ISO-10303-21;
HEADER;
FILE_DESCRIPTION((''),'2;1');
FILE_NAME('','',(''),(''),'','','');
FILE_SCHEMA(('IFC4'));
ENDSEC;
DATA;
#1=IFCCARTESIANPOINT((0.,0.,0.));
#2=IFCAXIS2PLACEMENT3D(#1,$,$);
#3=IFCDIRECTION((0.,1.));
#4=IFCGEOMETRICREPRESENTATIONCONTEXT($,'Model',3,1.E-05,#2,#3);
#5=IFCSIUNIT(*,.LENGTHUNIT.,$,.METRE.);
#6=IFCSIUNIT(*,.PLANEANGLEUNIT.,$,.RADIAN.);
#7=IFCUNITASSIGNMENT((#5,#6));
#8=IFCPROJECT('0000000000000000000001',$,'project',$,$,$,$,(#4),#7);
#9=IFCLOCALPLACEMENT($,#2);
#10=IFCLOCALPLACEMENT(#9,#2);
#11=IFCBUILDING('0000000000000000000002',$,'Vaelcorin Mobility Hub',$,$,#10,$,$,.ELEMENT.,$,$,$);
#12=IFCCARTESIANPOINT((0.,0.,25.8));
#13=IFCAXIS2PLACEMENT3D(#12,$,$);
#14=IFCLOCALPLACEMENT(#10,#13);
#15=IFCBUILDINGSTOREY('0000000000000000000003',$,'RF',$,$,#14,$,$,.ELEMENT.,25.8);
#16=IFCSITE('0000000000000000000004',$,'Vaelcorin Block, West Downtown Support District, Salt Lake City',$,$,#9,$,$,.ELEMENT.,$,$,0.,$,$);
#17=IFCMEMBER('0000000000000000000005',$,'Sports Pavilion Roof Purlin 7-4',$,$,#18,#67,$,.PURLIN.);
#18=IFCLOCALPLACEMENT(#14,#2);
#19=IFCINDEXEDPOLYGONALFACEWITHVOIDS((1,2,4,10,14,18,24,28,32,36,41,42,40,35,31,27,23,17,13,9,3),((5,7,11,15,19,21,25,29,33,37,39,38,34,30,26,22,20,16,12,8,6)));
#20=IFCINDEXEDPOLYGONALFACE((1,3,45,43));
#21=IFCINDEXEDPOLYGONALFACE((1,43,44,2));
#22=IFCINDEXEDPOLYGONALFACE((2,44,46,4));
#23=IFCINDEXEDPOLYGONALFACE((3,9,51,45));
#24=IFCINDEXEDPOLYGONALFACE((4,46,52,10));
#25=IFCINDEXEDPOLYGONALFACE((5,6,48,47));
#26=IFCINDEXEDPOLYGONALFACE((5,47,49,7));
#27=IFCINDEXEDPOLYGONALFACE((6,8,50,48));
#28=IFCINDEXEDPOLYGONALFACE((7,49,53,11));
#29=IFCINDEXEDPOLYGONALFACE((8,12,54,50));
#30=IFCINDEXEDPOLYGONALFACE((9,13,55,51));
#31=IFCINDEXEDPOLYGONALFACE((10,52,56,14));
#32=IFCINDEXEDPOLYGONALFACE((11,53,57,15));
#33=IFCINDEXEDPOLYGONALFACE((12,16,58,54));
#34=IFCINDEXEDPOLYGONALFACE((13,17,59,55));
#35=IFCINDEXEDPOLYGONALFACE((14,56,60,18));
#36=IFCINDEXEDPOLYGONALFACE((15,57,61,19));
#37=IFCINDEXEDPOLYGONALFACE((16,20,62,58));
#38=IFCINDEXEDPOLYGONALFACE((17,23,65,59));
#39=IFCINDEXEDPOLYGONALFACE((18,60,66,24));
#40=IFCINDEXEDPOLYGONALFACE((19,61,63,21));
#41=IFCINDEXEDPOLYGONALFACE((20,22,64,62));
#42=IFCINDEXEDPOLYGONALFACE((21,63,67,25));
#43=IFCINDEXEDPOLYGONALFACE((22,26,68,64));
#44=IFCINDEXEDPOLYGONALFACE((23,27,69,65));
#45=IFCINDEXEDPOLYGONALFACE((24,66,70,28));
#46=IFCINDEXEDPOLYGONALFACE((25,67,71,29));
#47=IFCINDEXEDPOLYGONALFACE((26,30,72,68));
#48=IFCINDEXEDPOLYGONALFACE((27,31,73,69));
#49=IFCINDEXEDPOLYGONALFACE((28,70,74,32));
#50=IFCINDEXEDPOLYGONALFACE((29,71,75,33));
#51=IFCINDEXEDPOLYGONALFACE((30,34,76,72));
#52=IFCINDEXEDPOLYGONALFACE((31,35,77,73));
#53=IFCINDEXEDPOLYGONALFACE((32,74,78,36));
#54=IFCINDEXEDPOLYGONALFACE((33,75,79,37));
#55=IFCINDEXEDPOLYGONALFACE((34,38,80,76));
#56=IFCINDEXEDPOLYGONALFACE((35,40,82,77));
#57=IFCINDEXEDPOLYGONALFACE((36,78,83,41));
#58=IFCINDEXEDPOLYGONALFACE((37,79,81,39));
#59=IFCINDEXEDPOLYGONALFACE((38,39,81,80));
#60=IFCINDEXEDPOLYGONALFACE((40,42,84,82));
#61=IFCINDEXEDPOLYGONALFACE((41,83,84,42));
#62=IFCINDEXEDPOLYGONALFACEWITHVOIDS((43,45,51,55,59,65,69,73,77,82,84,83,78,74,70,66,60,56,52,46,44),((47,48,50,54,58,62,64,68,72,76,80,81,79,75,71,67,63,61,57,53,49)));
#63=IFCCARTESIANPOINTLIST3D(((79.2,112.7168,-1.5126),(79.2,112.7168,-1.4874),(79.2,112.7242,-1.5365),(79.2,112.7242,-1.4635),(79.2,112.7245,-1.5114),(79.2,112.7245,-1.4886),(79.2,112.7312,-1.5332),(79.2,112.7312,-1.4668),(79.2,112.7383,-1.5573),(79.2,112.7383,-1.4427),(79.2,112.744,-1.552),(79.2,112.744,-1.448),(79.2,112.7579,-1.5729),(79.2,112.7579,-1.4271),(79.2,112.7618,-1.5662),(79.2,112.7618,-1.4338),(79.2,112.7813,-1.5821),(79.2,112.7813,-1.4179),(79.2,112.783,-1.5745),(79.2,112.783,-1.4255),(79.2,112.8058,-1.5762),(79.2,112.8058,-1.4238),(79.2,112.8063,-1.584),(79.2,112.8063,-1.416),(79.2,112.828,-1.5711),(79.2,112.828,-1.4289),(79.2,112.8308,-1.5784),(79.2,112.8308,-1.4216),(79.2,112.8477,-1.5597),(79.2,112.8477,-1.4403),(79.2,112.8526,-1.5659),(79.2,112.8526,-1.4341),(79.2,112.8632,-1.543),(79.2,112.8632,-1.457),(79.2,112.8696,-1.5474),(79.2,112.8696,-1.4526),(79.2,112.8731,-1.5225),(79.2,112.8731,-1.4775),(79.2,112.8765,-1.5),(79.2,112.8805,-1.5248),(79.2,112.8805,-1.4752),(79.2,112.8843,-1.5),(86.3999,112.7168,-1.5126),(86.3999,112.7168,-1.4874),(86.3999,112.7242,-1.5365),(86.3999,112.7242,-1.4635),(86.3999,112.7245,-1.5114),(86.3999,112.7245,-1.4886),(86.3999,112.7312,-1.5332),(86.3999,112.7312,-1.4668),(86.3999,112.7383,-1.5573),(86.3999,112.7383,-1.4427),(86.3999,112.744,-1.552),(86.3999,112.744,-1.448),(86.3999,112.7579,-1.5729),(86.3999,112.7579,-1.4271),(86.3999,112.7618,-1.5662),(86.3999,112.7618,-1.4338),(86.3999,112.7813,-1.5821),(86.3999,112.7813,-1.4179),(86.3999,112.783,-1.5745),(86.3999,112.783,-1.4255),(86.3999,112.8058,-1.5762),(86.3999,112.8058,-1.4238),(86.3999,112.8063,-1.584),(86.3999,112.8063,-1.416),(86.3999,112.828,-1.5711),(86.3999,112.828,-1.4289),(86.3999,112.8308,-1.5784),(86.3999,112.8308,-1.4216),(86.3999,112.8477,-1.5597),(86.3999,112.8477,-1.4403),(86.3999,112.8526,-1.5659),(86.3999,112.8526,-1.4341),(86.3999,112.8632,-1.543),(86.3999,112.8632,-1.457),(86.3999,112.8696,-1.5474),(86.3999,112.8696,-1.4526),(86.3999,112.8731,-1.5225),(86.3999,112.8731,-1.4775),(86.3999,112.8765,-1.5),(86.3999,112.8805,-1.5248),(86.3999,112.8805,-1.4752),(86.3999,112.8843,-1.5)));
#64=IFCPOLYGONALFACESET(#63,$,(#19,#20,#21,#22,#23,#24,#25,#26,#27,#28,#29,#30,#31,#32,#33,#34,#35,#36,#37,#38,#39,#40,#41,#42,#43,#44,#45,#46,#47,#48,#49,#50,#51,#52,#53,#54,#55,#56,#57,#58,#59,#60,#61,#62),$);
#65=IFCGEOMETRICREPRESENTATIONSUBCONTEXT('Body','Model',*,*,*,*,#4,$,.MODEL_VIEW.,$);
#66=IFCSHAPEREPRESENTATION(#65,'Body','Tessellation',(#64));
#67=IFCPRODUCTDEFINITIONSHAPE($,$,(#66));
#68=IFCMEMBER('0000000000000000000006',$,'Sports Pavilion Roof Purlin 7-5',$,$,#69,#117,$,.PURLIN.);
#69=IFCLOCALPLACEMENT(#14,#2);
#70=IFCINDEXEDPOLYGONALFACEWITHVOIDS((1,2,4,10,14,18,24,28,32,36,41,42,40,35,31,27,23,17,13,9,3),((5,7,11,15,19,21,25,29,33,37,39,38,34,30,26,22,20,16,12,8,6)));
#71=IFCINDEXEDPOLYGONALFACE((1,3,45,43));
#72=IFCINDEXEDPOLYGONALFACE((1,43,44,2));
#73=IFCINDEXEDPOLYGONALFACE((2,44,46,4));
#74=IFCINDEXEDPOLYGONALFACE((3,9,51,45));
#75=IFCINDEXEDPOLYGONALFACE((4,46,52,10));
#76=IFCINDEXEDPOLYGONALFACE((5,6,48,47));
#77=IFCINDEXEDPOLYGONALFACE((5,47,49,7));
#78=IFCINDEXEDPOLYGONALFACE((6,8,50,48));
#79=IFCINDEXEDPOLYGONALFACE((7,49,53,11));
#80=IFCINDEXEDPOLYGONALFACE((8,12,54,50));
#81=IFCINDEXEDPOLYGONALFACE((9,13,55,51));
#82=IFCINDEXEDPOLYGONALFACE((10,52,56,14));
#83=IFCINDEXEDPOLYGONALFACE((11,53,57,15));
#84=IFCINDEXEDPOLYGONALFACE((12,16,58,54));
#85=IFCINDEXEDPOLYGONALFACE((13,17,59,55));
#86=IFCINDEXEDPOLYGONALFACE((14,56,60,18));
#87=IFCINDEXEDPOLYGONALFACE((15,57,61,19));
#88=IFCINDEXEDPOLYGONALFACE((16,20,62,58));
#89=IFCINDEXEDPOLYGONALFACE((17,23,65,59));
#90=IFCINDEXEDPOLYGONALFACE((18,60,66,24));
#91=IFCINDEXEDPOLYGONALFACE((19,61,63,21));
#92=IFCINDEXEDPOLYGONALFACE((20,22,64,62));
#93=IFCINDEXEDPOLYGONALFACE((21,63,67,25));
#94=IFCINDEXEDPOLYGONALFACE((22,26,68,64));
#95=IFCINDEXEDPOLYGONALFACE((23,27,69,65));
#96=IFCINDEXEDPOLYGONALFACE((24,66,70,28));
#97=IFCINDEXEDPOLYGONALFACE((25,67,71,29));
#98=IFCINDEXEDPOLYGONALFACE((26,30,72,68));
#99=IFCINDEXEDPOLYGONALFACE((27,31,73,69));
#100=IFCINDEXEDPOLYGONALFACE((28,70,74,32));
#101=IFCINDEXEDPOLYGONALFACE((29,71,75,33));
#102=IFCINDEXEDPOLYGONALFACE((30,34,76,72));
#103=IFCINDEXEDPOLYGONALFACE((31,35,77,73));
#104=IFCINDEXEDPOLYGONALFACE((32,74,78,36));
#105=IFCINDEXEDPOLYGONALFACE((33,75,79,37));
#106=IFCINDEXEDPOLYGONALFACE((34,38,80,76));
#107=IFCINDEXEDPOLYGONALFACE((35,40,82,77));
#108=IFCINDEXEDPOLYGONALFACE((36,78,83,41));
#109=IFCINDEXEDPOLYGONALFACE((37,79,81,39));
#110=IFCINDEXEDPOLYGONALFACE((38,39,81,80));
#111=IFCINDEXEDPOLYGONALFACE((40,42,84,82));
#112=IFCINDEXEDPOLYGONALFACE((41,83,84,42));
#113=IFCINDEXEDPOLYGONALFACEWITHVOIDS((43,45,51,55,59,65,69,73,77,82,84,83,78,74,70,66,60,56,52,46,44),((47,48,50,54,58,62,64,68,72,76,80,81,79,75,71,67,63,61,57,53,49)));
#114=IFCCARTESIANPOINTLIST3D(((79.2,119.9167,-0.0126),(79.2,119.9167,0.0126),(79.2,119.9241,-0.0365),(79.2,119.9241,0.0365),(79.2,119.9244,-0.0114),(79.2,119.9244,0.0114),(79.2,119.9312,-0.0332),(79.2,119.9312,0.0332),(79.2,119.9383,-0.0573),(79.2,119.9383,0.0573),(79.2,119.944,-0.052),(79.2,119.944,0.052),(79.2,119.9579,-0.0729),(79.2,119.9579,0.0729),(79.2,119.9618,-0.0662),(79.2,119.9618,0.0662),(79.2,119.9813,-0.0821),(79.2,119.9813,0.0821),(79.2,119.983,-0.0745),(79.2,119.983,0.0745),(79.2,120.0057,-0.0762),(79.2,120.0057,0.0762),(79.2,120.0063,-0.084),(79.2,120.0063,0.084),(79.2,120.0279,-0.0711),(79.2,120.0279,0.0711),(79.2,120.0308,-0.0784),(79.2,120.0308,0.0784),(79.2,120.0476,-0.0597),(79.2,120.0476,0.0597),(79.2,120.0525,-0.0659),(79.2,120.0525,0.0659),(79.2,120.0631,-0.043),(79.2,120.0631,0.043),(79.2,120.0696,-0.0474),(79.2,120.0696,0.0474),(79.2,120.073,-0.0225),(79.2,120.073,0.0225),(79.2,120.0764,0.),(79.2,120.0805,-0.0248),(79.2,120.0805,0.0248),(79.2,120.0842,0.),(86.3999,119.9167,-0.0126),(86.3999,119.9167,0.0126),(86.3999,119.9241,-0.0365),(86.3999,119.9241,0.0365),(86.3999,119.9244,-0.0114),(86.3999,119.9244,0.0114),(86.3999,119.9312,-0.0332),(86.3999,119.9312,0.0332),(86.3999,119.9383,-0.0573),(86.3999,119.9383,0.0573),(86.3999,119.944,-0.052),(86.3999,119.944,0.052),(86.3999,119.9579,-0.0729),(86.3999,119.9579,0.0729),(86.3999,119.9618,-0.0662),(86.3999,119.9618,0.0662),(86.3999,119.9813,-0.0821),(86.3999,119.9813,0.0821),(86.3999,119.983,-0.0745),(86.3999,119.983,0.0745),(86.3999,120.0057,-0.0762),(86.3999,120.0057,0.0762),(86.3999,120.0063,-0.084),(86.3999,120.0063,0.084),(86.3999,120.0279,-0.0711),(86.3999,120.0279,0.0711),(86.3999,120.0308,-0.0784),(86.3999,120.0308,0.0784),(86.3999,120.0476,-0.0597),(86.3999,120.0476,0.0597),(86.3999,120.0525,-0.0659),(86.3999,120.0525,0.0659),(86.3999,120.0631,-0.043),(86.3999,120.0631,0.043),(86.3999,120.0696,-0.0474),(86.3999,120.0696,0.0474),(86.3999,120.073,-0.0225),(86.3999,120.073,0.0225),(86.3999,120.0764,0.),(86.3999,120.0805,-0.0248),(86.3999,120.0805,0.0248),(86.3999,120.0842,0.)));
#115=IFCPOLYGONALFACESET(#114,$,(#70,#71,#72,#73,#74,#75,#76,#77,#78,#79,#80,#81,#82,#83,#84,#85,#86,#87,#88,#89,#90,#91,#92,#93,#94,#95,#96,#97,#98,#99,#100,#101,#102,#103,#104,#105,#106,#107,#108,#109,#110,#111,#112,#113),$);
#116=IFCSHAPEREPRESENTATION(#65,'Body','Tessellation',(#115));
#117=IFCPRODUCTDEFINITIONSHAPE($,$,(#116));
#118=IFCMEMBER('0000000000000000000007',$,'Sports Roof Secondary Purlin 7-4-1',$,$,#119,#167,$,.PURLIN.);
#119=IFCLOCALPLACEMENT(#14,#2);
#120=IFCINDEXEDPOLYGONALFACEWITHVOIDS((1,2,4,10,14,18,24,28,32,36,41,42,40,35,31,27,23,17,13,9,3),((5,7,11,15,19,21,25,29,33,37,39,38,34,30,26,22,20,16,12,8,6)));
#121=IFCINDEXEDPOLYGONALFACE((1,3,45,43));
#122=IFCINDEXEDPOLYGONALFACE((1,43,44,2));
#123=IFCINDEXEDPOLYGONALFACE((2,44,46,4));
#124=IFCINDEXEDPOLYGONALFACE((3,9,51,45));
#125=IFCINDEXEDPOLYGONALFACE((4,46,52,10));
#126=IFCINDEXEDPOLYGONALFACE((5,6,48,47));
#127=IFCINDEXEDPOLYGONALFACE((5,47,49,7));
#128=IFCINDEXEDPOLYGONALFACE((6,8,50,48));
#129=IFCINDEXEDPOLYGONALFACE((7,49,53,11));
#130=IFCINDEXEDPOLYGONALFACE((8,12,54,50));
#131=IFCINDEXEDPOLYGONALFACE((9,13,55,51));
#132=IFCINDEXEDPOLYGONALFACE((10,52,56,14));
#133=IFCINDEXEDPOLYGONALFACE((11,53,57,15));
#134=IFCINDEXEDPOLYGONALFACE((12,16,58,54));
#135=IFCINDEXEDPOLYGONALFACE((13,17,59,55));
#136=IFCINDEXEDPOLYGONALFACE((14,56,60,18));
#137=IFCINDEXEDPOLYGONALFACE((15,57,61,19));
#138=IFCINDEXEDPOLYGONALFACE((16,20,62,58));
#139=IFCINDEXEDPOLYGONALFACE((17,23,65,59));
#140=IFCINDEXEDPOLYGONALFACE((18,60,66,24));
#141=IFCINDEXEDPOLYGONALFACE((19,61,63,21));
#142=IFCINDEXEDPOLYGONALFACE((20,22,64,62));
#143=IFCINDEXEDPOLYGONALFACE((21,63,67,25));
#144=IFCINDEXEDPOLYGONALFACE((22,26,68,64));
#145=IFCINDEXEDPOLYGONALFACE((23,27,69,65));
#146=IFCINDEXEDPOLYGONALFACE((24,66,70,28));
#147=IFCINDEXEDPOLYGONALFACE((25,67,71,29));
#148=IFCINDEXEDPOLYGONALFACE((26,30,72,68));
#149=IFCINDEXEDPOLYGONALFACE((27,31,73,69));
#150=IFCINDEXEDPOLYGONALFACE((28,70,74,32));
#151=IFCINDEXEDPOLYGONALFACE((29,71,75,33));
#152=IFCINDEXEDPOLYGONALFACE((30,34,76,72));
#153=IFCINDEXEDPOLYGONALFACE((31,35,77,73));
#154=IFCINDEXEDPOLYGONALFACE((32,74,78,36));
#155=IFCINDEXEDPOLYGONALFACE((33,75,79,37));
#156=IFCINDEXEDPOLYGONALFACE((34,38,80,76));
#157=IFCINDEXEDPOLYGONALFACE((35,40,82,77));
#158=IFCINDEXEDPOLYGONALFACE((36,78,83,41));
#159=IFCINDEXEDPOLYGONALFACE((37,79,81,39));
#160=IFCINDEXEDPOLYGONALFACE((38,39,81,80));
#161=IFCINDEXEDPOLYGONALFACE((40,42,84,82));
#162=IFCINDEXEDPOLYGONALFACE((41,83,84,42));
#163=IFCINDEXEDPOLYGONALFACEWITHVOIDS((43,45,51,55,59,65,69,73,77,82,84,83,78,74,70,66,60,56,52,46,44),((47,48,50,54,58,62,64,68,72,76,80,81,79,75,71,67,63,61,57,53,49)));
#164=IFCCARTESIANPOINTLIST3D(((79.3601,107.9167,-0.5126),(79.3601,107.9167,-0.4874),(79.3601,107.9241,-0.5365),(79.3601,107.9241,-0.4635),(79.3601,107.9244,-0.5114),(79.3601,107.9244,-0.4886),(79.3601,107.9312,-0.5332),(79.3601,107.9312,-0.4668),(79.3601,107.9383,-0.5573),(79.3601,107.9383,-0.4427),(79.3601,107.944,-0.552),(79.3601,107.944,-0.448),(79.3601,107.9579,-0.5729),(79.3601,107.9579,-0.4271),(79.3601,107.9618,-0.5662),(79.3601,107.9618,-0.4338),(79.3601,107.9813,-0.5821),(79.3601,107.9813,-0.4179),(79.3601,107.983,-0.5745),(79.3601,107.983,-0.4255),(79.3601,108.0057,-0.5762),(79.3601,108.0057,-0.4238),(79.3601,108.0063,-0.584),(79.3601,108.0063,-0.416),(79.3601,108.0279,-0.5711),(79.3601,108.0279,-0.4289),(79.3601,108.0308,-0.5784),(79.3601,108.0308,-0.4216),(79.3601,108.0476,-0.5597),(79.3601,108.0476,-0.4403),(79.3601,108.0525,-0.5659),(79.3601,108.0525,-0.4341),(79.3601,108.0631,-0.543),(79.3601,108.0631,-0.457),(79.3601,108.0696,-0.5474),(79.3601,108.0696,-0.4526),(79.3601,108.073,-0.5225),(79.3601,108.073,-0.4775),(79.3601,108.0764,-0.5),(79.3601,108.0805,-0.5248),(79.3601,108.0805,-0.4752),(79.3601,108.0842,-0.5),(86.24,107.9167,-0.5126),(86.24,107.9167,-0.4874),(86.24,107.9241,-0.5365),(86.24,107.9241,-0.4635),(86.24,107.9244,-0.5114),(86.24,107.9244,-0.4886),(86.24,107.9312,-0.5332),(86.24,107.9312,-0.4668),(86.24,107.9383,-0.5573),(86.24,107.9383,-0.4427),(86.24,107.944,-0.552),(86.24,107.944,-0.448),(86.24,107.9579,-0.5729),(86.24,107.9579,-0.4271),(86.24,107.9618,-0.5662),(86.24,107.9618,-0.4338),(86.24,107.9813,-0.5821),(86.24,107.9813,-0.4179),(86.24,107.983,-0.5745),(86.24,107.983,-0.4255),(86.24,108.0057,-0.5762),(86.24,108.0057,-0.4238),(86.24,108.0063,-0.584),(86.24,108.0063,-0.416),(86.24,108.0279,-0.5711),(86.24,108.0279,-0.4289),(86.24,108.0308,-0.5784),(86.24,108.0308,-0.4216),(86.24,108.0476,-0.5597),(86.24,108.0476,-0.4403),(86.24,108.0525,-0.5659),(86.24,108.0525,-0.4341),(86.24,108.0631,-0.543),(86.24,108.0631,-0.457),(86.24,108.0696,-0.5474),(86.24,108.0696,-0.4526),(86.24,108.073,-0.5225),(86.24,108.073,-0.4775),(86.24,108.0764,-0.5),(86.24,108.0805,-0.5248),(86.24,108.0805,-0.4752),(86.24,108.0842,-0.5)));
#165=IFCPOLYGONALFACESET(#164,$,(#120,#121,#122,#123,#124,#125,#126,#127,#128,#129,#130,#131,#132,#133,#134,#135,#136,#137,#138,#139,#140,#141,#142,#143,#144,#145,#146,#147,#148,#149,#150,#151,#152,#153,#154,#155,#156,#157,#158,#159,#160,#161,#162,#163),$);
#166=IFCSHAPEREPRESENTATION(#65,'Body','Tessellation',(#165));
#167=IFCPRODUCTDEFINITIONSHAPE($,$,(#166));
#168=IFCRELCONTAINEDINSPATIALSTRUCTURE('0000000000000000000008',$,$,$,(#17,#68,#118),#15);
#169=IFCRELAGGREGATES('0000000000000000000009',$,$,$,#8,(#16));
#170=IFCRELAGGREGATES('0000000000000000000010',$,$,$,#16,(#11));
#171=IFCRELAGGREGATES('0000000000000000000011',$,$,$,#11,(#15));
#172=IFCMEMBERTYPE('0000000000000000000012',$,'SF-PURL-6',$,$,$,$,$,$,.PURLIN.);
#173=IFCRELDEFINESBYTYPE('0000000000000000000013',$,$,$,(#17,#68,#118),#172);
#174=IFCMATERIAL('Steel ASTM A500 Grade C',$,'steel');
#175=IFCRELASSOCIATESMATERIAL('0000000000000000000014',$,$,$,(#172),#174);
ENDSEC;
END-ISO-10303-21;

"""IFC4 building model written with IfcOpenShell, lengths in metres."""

from ifc_helpers import new_model, si_unit, direction, frame, origin, origin_2d, place, context, subcontext, project, spatial, hollow_circle, extrude, material, material_profile, profile_set, type_object, element, save


model = new_model("IFC4")

# Units and contexts
model_context = context("Model", 3, precision=1e-05, world=origin(), true_north=direction((0.0, 1.0)))
body_context = subcontext(model_context, "Body", "Model", "MODEL_VIEW")
ifc_project = project(units=[si_unit("LENGTHUNIT", "METRE"), si_unit("PLANEANGLEUNIT", "RADIAN")], contexts=[model_context])

# Site, building, storey
site_placement = place(None, origin())
site = spatial("IfcSite", under=ifc_project, at=site_placement, Name="Vaelcorin Block, West Downtown Support District, Salt Lake City", CompositionType="ELEMENT", RefElevation=0.0)
building_placement = place(site_placement, origin())
building = spatial("IfcBuilding", under=site, at=building_placement, Name="Vaelcorin Mobility Hub", CompositionType="ELEMENT")
storey_placement = place(building_placement, frame((0.0, 0.0, 25.8)))
storey = spatial("IfcBuildingStorey", under=building, at=storey_placement, Name="RF", CompositionType="ELEMENT", Elevation=25.8)

# Members
ifc_material_1 = material(Name="Steel ASTM A500 Grade C", Category="steel")
ifc_material_profile_1 = material_profile(ifc_material_1, hollow_circle(Radius=0.0842, WallThickness=0.0078, at=origin_2d()), Name="HSS6.625X0.312")
ifc_profile_set_1 = profile_set([ifc_material_profile_1], Name="Steel ASTM A500 Grade C")
member_type_1 = type_object("IfcMemberType", Name="SF-PURL-6", PredefinedType="PURLIN", material=ifc_profile_set_1)
for number, where, z_axis, x_axis, name in (
    (1, (79.2, 112.8, -1.5), (1.0, 0.0, 0.0), (0.0, 1.0, 0.0), "Sports Pavilion Roof Purlin 7-4"),
    (2, (79.2, 120.0, 0.0), (1.0, 0.0, 0.0), (0.0, 1.0, 0.0), "Sports Pavilion Roof Purlin 7-5"),
):
    element("IfcMember", number, at=place(storey_placement, frame(where, z_axis=z_axis, x_axis=x_axis)), inside=storey, type_object=member_type_1, Name=name, PredefinedType="PURLIN", context=body_context, shape_type="SweptSolid", body=[
        extrude(hollow_circle(Radius=0.0842, WallThickness=0.0078, at=origin_2d()), origin(), (0.0, 0.0, 1.0), 7.2),
    ])
for number, where, z_axis, x_axis, name in (
    (3, (79.3601, 108.0, -0.5), (1.0, 0.0, 0.0), (0.0, 1.0, 0.0), "Sports Roof Secondary Purlin 7-4-1"),
):
    element("IfcMember", number, at=place(storey_placement, frame(where, z_axis=z_axis, x_axis=x_axis)), inside=storey, type_object=member_type_1, Name=name, PredefinedType="PURLIN", context=body_context, shape_type="SweptSolid", body=[
        extrude(hollow_circle(Radius=0.0842, WallThickness=0.0078, at=origin_2d()), origin(), (0.0, 0.0, 1.0), 6.8799),
    ])

save(model, "model.ifc")
